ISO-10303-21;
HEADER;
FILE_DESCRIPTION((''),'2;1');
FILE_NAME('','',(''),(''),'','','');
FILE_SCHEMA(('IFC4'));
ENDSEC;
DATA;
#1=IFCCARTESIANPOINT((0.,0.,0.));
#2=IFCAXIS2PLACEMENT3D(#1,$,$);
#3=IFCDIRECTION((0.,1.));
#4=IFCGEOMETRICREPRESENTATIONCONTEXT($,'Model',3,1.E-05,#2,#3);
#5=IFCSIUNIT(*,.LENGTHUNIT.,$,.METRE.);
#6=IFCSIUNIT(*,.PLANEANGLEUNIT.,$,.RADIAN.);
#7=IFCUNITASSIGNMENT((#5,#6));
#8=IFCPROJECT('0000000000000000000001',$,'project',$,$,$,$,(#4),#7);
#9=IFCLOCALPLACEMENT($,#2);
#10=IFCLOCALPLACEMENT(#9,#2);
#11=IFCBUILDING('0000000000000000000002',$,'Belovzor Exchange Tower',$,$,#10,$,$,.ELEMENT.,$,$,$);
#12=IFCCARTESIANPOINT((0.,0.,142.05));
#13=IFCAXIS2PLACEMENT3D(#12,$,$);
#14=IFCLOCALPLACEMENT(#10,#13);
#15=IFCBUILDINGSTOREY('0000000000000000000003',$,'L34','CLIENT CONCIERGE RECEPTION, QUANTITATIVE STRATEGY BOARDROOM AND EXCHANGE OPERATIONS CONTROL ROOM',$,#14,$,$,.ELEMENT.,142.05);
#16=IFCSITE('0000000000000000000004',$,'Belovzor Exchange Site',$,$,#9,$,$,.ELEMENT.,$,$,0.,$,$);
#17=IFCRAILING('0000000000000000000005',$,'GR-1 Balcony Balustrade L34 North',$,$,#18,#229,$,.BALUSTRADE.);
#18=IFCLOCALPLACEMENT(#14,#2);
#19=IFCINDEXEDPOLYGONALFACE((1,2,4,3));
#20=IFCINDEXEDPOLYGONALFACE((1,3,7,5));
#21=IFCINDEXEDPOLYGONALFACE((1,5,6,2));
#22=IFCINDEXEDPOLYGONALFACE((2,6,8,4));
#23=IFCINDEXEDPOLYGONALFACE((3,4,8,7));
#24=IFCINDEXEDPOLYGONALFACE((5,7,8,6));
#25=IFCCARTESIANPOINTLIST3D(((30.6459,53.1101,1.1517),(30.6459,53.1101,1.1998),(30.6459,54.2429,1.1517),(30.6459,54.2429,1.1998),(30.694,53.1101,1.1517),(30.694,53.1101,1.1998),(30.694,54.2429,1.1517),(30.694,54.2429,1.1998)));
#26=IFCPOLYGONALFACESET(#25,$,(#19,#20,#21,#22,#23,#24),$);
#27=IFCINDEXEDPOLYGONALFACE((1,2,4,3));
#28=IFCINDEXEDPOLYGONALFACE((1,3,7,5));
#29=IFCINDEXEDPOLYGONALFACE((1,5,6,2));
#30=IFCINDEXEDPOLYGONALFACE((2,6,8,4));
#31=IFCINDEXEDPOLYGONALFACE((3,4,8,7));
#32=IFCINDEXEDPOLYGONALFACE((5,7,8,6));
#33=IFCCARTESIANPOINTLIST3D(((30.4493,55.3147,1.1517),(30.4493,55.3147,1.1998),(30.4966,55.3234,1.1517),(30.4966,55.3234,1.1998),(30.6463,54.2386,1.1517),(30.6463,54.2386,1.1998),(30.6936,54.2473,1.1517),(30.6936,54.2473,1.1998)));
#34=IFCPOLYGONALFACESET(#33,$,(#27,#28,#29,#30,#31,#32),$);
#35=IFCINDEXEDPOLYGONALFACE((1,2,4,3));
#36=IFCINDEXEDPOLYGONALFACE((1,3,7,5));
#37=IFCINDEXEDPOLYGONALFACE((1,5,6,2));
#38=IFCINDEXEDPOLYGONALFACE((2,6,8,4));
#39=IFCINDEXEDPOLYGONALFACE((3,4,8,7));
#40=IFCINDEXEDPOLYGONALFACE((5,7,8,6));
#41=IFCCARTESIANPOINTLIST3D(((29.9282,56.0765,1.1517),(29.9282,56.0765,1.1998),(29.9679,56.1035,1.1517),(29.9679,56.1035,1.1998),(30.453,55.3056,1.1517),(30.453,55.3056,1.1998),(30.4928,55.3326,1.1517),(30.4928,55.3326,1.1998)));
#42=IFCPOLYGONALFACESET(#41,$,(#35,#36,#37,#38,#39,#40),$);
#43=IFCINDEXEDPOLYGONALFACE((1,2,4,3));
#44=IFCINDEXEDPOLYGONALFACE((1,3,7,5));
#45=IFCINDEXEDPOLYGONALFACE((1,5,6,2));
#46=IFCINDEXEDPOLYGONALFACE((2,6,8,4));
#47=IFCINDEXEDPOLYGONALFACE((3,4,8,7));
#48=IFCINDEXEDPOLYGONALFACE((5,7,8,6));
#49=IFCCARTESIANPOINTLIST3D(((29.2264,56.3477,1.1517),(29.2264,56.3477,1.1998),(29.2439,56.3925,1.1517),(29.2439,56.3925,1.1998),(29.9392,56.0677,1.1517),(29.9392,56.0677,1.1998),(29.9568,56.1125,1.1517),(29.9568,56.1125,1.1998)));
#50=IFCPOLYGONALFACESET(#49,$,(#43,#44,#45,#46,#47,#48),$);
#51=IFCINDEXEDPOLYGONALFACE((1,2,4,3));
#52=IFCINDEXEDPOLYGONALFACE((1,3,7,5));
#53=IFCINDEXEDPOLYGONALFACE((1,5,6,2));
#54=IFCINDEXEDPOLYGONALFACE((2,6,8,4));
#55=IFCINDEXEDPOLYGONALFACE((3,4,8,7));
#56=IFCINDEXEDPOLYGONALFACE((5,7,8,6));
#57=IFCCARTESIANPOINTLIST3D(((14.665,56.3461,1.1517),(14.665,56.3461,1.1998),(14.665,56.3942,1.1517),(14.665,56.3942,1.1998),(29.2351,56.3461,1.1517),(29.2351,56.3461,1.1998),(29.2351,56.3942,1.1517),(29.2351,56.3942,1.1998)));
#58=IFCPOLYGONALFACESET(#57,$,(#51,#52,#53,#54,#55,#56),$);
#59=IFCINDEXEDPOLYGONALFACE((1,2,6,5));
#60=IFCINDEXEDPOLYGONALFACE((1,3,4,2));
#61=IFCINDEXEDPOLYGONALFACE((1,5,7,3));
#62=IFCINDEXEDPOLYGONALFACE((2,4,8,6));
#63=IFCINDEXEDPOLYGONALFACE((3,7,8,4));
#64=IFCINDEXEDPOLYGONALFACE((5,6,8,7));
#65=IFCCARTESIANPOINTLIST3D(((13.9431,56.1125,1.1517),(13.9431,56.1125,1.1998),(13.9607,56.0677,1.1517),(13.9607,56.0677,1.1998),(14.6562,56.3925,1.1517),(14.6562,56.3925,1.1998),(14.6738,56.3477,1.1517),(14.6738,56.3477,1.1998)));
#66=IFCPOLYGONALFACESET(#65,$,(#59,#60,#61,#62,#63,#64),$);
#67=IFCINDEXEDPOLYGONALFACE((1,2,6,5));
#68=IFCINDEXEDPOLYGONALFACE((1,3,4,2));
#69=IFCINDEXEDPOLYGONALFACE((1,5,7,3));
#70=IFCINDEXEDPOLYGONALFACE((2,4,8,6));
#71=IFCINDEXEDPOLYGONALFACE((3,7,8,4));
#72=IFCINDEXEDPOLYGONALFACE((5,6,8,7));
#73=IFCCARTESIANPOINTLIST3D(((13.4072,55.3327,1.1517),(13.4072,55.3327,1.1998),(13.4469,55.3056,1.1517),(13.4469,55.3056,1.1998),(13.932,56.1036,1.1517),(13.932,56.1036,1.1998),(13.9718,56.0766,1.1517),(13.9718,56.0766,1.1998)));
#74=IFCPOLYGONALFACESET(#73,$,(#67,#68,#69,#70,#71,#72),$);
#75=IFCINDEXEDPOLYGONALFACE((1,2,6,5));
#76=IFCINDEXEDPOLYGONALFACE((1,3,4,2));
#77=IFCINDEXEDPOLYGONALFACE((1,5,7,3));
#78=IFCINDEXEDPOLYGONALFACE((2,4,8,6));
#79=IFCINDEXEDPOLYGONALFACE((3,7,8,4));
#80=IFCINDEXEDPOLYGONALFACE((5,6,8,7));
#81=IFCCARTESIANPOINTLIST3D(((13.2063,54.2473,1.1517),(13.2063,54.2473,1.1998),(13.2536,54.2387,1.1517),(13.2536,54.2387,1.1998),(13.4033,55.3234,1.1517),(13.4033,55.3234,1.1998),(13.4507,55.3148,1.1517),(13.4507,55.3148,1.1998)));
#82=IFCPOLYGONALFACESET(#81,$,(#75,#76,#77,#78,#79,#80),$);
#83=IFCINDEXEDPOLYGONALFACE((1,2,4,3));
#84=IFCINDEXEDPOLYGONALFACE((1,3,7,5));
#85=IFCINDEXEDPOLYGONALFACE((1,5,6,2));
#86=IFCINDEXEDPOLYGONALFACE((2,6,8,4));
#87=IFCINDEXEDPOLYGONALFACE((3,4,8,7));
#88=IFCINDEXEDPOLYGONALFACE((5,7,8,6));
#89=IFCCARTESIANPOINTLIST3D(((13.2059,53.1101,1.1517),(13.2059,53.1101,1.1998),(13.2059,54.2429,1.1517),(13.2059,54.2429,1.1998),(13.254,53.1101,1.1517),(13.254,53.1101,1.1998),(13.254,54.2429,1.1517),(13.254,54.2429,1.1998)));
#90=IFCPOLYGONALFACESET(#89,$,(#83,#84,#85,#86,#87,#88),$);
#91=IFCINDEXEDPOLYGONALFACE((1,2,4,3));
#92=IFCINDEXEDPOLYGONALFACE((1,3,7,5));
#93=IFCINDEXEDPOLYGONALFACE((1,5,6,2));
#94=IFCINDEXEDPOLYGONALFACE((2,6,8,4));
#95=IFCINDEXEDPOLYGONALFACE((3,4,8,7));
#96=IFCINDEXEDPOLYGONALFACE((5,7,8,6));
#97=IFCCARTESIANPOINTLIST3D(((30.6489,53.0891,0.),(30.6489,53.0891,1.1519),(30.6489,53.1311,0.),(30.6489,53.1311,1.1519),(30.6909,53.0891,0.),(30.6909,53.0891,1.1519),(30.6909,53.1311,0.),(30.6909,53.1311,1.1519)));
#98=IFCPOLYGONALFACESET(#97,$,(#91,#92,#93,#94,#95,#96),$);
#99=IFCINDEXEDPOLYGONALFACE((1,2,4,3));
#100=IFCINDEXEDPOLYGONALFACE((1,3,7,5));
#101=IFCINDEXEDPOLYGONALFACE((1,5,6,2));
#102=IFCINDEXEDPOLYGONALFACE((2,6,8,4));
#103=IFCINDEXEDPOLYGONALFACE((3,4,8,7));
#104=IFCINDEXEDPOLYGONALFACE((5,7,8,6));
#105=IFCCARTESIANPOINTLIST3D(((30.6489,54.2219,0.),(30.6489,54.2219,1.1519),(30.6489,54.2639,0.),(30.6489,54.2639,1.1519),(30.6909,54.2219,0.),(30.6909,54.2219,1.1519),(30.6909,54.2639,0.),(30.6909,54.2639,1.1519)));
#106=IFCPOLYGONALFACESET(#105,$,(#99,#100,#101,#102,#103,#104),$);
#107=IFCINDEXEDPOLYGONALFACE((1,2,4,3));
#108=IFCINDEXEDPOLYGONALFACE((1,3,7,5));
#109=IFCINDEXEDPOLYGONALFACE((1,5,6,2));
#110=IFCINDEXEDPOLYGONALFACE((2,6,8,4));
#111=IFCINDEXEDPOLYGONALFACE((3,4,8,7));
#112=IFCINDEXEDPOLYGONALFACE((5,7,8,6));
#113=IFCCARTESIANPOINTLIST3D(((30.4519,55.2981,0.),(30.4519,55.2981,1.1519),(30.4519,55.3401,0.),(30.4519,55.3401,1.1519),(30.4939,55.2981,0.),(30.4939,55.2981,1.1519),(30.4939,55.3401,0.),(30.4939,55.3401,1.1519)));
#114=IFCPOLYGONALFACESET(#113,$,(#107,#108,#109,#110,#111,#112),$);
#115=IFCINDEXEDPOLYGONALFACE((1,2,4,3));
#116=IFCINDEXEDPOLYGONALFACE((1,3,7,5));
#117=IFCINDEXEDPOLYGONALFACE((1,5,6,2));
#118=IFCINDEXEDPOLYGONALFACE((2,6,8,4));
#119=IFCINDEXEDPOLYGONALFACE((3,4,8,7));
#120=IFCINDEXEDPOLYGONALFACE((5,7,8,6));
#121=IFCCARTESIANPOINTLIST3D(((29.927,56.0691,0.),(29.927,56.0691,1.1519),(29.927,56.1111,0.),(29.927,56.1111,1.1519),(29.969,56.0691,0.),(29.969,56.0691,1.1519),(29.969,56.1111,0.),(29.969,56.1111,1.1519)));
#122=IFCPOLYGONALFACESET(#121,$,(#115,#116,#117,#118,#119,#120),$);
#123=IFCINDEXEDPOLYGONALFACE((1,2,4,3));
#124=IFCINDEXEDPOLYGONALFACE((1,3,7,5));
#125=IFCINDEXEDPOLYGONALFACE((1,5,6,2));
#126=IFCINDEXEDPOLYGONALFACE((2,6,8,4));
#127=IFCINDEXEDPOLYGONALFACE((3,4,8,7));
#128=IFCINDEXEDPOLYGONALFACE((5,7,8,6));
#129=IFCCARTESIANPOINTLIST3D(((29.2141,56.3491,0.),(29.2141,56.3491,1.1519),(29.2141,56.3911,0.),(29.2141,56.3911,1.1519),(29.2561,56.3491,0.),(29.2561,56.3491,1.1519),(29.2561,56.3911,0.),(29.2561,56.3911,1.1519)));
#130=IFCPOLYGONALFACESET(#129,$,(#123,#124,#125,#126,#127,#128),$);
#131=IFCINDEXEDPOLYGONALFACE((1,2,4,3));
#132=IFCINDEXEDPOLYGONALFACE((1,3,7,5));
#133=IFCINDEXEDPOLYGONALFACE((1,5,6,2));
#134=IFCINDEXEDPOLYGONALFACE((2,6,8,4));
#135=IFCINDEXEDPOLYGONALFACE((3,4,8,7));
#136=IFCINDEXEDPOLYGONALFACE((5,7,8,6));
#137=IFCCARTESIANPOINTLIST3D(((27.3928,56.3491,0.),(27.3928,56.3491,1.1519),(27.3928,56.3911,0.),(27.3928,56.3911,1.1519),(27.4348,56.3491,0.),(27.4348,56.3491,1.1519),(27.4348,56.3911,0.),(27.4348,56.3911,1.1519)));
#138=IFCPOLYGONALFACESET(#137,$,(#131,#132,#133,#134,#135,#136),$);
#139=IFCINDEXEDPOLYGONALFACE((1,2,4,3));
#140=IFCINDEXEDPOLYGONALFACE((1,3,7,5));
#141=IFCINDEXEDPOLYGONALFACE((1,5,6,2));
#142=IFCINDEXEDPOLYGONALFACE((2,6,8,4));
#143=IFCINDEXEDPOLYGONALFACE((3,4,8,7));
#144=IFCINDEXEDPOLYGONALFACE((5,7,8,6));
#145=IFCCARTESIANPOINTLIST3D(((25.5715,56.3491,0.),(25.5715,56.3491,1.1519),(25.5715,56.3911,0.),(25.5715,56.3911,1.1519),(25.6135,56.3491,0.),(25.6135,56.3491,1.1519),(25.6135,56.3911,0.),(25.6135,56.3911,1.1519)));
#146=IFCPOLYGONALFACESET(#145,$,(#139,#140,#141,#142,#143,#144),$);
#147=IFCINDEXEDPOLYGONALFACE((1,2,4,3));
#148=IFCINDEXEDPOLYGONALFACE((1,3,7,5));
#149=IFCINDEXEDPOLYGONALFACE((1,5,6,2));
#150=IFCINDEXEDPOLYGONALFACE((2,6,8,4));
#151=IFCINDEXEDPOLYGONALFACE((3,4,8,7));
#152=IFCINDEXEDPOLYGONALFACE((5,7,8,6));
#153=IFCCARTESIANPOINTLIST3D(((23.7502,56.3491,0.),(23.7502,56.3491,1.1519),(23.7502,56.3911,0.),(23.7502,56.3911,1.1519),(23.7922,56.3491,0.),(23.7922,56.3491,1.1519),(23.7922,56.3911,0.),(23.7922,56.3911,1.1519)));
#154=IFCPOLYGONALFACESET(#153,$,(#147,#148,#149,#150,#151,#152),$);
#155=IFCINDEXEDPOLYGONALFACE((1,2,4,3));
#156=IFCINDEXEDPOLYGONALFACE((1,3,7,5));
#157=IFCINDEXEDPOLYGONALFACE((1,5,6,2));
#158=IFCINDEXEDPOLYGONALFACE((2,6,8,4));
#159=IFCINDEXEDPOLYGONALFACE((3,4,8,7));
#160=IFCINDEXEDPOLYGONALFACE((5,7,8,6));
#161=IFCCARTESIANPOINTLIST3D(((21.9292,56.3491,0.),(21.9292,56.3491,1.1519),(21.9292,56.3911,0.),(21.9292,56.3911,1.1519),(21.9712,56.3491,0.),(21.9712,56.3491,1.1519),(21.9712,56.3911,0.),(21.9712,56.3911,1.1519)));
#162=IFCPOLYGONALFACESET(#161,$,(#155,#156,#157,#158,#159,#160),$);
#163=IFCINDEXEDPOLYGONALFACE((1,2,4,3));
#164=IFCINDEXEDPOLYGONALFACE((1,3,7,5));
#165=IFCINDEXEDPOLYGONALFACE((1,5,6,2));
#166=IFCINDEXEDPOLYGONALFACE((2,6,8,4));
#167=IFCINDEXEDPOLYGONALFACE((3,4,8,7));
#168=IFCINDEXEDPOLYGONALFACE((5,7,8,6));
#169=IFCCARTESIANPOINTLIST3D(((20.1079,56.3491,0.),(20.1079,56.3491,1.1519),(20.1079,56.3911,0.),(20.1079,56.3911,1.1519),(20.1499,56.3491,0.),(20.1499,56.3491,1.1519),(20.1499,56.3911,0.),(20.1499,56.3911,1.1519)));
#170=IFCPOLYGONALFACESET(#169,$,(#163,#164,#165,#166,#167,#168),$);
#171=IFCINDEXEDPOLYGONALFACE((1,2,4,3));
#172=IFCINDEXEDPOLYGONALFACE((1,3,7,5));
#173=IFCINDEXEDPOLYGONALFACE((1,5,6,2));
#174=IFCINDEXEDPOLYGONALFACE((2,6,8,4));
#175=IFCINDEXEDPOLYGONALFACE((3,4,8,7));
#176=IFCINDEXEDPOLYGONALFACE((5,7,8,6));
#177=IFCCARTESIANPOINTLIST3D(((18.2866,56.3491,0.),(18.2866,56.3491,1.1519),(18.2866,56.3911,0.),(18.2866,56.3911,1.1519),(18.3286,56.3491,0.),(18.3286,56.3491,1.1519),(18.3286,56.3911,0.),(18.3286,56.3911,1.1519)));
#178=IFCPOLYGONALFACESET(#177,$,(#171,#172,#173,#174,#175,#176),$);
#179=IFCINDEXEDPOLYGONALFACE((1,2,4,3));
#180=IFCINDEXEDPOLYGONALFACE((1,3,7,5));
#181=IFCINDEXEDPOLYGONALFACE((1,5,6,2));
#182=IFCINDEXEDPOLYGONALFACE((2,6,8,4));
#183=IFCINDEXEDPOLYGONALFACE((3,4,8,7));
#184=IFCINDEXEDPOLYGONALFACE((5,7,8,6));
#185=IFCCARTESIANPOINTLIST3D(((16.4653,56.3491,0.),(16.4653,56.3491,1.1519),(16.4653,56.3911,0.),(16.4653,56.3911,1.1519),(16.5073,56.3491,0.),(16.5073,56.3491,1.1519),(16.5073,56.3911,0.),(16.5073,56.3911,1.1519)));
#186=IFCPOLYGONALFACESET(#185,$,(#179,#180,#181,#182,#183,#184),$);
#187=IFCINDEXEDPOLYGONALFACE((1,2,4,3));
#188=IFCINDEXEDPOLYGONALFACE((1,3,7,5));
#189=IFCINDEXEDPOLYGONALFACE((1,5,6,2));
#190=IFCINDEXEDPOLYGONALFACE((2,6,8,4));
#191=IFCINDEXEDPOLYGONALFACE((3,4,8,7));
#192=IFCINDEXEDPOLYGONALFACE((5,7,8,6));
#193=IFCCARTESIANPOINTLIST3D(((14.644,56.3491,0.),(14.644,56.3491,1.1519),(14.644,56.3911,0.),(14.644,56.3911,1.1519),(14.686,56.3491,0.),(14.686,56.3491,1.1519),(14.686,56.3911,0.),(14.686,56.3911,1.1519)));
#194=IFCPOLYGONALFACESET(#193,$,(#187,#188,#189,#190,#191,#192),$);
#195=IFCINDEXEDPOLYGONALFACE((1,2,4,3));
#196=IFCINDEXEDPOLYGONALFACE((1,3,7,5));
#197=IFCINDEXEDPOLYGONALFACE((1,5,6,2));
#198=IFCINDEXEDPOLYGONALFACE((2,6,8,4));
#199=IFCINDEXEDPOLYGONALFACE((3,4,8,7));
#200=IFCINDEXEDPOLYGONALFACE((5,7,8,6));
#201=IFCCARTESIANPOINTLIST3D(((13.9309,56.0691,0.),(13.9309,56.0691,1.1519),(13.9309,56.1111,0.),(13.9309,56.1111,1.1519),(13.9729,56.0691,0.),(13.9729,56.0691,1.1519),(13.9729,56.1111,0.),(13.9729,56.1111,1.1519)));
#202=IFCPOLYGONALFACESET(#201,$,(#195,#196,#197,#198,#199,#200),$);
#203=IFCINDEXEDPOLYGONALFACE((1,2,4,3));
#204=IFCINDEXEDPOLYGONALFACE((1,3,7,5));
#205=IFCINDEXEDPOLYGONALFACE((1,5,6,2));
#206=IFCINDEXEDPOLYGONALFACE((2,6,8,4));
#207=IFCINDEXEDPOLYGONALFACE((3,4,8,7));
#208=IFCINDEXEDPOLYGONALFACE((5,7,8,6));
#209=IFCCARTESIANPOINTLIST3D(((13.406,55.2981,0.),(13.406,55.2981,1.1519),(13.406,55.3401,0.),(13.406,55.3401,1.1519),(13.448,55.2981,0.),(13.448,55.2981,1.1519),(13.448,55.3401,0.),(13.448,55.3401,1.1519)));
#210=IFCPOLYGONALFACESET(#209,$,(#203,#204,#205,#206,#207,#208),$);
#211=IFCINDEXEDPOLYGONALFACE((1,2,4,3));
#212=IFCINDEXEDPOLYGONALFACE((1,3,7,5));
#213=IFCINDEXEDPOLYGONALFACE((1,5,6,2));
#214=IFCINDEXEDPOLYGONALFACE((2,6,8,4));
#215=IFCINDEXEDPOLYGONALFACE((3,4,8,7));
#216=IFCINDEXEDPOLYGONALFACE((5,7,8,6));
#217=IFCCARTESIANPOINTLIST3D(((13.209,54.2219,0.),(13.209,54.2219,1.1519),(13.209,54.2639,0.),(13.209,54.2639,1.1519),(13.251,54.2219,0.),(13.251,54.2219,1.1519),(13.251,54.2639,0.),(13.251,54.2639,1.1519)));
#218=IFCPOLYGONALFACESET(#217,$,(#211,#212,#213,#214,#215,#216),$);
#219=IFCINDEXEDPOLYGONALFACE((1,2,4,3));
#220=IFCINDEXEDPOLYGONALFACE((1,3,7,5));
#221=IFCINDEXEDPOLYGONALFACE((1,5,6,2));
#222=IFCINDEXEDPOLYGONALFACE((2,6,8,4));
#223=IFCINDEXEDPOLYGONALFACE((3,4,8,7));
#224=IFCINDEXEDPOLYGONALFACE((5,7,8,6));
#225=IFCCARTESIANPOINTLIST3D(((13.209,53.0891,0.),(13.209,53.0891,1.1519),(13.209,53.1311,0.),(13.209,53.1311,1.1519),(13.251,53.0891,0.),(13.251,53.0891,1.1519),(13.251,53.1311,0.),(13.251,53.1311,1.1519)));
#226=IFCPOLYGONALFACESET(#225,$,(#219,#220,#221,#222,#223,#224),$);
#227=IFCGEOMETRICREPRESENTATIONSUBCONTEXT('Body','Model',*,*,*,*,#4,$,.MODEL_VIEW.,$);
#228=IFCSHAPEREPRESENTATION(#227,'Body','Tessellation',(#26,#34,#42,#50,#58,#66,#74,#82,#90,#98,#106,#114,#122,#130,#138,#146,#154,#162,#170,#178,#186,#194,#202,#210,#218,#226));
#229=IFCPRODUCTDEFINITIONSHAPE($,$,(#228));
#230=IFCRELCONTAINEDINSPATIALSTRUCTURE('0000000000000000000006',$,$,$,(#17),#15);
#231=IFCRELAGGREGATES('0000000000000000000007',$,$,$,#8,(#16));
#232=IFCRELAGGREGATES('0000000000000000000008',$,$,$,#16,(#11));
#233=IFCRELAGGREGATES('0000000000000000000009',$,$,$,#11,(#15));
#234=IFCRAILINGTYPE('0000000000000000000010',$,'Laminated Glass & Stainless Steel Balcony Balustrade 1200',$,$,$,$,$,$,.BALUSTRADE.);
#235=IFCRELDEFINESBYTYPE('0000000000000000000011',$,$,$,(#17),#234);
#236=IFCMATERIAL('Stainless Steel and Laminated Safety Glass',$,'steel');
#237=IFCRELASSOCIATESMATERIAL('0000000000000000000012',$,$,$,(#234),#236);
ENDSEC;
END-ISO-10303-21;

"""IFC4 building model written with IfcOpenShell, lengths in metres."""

from ifc_helpers import new_model, si_unit, direction, frame, origin, origin_2d, place, context, subcontext, project, spatial, rectangle, extrude, material, type_object, element, save


model = new_model("IFC4")

# Units and contexts
model_context = context("Model", 3, precision=1e-05, world=origin(), true_north=direction((0.0, 1.0)))
body_context = subcontext(model_context, "Body", "Model", "MODEL_VIEW")
ifc_project = project(units=[si_unit("LENGTHUNIT", "METRE"), si_unit("PLANEANGLEUNIT", "RADIAN")], contexts=[model_context])

# Site, building, storey
site_placement = place(None, origin())
site = spatial("IfcSite", under=ifc_project, at=site_placement, Name="Belovzor Exchange Site", CompositionType="ELEMENT", RefElevation=0.0)
building_placement = place(site_placement, origin())
building = spatial("IfcBuilding", under=site, at=building_placement, Name="Belovzor Exchange Tower", CompositionType="ELEMENT")
storey_placement = place(building_placement, frame((0.0, 0.0, 142.05)))
storey = spatial("IfcBuildingStorey", under=building, at=storey_placement, Name="L34", Description="CLIENT CONCIERGE RECEPTION, QUANTITATIVE STRATEGY BOARDROOM AND EXCHANGE OPERATIONS CONTROL ROOM", CompositionType="ELEMENT", Elevation=142.05)

# Railing
ifc_material_1 = material(Name="Stainless Steel and Laminated Safety Glass", Category="steel")
railing_type = type_object("IfcRailingType", Name="Laminated Glass & Stainless Steel Balcony Balustrade 1200", PredefinedType="BALUSTRADE", material=ifc_material_1)
railing_placement = place(storey_placement, frame((30.6699, 53.1101, 0.0)))
element("IfcRailing", 1, at=railing_placement, inside=storey, type_object=railing_type, Name="GR-1 Balcony Balustrade L34 North", PredefinedType="BALUSTRADE", context=body_context, shape_type="SweptSolid", body=[
    extrude(rectangle(XDim=0.0481, YDim=0.0481, at=origin_2d()), frame((0.0, 0.0, 1.1758), z_axis=(0.0, 1.0, 0.0), x_axis=(-1.0, 0.0, 0.0)), (0.0, 0.0, 1.0), 1.1328),
    extrude(rectangle(XDim=0.0481, YDim=0.0481, at=origin_2d()), frame((0.0, 1.1328, 1.1758), z_axis=(-0.180083, 0.983651, 0.0), x_axis=(-0.983651, -0.180083, 0.0)), (0.0, 0.0, 1.0), 1.094),
    extrude(rectangle(XDim=0.0481, YDim=0.0481, at=origin_2d()), frame((-0.197, 2.209, 1.1758), z_axis=(-0.562768, 0.826615, 0.0), x_axis=(-0.826615, -0.562768, 0.0)), (0.0, 0.0, 1.0), 0.9326),
    extrude(rectangle(XDim=0.0481, YDim=0.0481, at=origin_2d()), frame((-0.7219, 2.98, 1.1758), z_axis=(-0.930767, 0.365613, 0.0), x_axis=(-0.365613, -0.930767, 0.0)), (0.0, 0.0, 1.0), 0.7659),
    extrude(rectangle(XDim=0.0481, YDim=0.0481, at=origin_2d()), frame((-1.4348, 3.26, 1.1758), z_axis=(-1.0, 0.0, 0.0), x_axis=(0.0, -1.0, 0.0)), (0.0, 0.0, 1.0), 14.5701),
    extrude(rectangle(XDim=0.0481, YDim=0.0481, at=origin_2d()), frame((-16.0049, 3.26, 1.1758), z_axis=(-0.93081, -0.365504, 0.0), x_axis=(0.365504, -0.93081, 0.0)), (0.0, 0.0, 1.0), 0.7661),
    extrude(rectangle(XDim=0.0481, YDim=0.0481, at=origin_2d()), frame((-16.718, 2.98, 1.1758), z_axis=(-0.562768, -0.826615, 0.0), x_axis=(0.826615, -0.562768, 0.0)), (0.0, 0.0, 1.0), 0.9326),
    extrude(rectangle(XDim=0.0481, YDim=0.0481, at=origin_2d()), frame((-17.2429, 2.209, 1.1758), z_axis=(-0.180083, -0.983651, 0.0), x_axis=(0.983651, -0.180083, 0.0)), (0.0, 0.0, 1.0), 1.094),
    extrude(rectangle(XDim=0.0481, YDim=0.0481, at=origin_2d()), frame((-17.4399, 1.1328, 1.1758), z_axis=(0.0, -1.0, 0.0), x_axis=(1.0, 0.0, 0.0)), (0.0, 0.0, 1.0), 1.1328),
    extrude(rectangle(XDim=0.042, YDim=0.042, at=origin_2d()), origin(), (0.0, 0.0, 1.0), 1.1519),
    extrude(rectangle(XDim=0.042, YDim=0.042, at=origin_2d()), frame((0.0, 1.1328, 0.0)), (0.0, 0.0, 1.0), 1.1519),
    extrude(rectangle(XDim=0.042, YDim=0.042, at=origin_2d()), frame((-0.197, 2.209, 0.0)), (0.0, 0.0, 1.0), 1.1519),
    extrude(rectangle(XDim=0.042, YDim=0.042, at=origin_2d()), frame((-0.7219, 2.98, 0.0)), (0.0, 0.0, 1.0), 1.1519),
    extrude(rectangle(XDim=0.042, YDim=0.042, at=origin_2d()), frame((-1.4348, 3.26, 0.0)), (0.0, 0.0, 1.0), 1.1519),
    extrude(rectangle(XDim=0.042, YDim=0.042, at=origin_2d()), frame((-3.2561, 3.26, 0.0)), (0.0, 0.0, 1.0), 1.1519),
    extrude(rectangle(XDim=0.042, YDim=0.042, at=origin_2d()), frame((-5.0774, 3.26, 0.0)), (0.0, 0.0, 1.0), 1.1519),
    extrude(rectangle(XDim=0.042, YDim=0.042, at=origin_2d()), frame((-6.8987, 3.26, 0.0)), (0.0, 0.0, 1.0), 1.1519),
    extrude(rectangle(XDim=0.042, YDim=0.042, at=origin_2d()), frame((-8.7197, 3.26, 0.0)), (0.0, 0.0, 1.0), 1.1519),
    extrude(rectangle(XDim=0.042, YDim=0.042, at=origin_2d()), frame((-10.541, 3.26, 0.0)), (0.0, 0.0, 1.0), 1.1519),
    extrude(rectangle(XDim=0.042, YDim=0.042, at=origin_2d()), frame((-12.3623, 3.26, 0.0)), (0.0, 0.0, 1.0), 1.1519),
    extrude(rectangle(XDim=0.042, YDim=0.042, at=origin_2d()), frame((-14.1836, 3.26, 0.0)), (0.0, 0.0, 1.0), 1.1519),
    extrude(rectangle(XDim=0.042, YDim=0.042, at=origin_2d()), frame((-16.0049, 3.26, 0.0)), (0.0, 0.0, 1.0), 1.1519),
    extrude(rectangle(XDim=0.042, YDim=0.042, at=origin_2d()), frame((-16.718, 2.98, 0.0)), (0.0, 0.0, 1.0), 1.1519),
    extrude(rectangle(XDim=0.042, YDim=0.042, at=origin_2d()), frame((-17.2429, 2.209, 0.0)), (0.0, 0.0, 1.0), 1.1519),
    extrude(rectangle(XDim=0.042, YDim=0.042, at=origin_2d()), frame((-17.4399, 1.1328, 0.0)), (0.0, 0.0, 1.0), 1.1519),
    extrude(rectangle(XDim=0.042, YDim=0.042, at=origin_2d()), frame((-17.4399, 0.0, 0.0)), (0.0, 0.0, 1.0), 1.1519),
])

save(model, "model.ifc")
